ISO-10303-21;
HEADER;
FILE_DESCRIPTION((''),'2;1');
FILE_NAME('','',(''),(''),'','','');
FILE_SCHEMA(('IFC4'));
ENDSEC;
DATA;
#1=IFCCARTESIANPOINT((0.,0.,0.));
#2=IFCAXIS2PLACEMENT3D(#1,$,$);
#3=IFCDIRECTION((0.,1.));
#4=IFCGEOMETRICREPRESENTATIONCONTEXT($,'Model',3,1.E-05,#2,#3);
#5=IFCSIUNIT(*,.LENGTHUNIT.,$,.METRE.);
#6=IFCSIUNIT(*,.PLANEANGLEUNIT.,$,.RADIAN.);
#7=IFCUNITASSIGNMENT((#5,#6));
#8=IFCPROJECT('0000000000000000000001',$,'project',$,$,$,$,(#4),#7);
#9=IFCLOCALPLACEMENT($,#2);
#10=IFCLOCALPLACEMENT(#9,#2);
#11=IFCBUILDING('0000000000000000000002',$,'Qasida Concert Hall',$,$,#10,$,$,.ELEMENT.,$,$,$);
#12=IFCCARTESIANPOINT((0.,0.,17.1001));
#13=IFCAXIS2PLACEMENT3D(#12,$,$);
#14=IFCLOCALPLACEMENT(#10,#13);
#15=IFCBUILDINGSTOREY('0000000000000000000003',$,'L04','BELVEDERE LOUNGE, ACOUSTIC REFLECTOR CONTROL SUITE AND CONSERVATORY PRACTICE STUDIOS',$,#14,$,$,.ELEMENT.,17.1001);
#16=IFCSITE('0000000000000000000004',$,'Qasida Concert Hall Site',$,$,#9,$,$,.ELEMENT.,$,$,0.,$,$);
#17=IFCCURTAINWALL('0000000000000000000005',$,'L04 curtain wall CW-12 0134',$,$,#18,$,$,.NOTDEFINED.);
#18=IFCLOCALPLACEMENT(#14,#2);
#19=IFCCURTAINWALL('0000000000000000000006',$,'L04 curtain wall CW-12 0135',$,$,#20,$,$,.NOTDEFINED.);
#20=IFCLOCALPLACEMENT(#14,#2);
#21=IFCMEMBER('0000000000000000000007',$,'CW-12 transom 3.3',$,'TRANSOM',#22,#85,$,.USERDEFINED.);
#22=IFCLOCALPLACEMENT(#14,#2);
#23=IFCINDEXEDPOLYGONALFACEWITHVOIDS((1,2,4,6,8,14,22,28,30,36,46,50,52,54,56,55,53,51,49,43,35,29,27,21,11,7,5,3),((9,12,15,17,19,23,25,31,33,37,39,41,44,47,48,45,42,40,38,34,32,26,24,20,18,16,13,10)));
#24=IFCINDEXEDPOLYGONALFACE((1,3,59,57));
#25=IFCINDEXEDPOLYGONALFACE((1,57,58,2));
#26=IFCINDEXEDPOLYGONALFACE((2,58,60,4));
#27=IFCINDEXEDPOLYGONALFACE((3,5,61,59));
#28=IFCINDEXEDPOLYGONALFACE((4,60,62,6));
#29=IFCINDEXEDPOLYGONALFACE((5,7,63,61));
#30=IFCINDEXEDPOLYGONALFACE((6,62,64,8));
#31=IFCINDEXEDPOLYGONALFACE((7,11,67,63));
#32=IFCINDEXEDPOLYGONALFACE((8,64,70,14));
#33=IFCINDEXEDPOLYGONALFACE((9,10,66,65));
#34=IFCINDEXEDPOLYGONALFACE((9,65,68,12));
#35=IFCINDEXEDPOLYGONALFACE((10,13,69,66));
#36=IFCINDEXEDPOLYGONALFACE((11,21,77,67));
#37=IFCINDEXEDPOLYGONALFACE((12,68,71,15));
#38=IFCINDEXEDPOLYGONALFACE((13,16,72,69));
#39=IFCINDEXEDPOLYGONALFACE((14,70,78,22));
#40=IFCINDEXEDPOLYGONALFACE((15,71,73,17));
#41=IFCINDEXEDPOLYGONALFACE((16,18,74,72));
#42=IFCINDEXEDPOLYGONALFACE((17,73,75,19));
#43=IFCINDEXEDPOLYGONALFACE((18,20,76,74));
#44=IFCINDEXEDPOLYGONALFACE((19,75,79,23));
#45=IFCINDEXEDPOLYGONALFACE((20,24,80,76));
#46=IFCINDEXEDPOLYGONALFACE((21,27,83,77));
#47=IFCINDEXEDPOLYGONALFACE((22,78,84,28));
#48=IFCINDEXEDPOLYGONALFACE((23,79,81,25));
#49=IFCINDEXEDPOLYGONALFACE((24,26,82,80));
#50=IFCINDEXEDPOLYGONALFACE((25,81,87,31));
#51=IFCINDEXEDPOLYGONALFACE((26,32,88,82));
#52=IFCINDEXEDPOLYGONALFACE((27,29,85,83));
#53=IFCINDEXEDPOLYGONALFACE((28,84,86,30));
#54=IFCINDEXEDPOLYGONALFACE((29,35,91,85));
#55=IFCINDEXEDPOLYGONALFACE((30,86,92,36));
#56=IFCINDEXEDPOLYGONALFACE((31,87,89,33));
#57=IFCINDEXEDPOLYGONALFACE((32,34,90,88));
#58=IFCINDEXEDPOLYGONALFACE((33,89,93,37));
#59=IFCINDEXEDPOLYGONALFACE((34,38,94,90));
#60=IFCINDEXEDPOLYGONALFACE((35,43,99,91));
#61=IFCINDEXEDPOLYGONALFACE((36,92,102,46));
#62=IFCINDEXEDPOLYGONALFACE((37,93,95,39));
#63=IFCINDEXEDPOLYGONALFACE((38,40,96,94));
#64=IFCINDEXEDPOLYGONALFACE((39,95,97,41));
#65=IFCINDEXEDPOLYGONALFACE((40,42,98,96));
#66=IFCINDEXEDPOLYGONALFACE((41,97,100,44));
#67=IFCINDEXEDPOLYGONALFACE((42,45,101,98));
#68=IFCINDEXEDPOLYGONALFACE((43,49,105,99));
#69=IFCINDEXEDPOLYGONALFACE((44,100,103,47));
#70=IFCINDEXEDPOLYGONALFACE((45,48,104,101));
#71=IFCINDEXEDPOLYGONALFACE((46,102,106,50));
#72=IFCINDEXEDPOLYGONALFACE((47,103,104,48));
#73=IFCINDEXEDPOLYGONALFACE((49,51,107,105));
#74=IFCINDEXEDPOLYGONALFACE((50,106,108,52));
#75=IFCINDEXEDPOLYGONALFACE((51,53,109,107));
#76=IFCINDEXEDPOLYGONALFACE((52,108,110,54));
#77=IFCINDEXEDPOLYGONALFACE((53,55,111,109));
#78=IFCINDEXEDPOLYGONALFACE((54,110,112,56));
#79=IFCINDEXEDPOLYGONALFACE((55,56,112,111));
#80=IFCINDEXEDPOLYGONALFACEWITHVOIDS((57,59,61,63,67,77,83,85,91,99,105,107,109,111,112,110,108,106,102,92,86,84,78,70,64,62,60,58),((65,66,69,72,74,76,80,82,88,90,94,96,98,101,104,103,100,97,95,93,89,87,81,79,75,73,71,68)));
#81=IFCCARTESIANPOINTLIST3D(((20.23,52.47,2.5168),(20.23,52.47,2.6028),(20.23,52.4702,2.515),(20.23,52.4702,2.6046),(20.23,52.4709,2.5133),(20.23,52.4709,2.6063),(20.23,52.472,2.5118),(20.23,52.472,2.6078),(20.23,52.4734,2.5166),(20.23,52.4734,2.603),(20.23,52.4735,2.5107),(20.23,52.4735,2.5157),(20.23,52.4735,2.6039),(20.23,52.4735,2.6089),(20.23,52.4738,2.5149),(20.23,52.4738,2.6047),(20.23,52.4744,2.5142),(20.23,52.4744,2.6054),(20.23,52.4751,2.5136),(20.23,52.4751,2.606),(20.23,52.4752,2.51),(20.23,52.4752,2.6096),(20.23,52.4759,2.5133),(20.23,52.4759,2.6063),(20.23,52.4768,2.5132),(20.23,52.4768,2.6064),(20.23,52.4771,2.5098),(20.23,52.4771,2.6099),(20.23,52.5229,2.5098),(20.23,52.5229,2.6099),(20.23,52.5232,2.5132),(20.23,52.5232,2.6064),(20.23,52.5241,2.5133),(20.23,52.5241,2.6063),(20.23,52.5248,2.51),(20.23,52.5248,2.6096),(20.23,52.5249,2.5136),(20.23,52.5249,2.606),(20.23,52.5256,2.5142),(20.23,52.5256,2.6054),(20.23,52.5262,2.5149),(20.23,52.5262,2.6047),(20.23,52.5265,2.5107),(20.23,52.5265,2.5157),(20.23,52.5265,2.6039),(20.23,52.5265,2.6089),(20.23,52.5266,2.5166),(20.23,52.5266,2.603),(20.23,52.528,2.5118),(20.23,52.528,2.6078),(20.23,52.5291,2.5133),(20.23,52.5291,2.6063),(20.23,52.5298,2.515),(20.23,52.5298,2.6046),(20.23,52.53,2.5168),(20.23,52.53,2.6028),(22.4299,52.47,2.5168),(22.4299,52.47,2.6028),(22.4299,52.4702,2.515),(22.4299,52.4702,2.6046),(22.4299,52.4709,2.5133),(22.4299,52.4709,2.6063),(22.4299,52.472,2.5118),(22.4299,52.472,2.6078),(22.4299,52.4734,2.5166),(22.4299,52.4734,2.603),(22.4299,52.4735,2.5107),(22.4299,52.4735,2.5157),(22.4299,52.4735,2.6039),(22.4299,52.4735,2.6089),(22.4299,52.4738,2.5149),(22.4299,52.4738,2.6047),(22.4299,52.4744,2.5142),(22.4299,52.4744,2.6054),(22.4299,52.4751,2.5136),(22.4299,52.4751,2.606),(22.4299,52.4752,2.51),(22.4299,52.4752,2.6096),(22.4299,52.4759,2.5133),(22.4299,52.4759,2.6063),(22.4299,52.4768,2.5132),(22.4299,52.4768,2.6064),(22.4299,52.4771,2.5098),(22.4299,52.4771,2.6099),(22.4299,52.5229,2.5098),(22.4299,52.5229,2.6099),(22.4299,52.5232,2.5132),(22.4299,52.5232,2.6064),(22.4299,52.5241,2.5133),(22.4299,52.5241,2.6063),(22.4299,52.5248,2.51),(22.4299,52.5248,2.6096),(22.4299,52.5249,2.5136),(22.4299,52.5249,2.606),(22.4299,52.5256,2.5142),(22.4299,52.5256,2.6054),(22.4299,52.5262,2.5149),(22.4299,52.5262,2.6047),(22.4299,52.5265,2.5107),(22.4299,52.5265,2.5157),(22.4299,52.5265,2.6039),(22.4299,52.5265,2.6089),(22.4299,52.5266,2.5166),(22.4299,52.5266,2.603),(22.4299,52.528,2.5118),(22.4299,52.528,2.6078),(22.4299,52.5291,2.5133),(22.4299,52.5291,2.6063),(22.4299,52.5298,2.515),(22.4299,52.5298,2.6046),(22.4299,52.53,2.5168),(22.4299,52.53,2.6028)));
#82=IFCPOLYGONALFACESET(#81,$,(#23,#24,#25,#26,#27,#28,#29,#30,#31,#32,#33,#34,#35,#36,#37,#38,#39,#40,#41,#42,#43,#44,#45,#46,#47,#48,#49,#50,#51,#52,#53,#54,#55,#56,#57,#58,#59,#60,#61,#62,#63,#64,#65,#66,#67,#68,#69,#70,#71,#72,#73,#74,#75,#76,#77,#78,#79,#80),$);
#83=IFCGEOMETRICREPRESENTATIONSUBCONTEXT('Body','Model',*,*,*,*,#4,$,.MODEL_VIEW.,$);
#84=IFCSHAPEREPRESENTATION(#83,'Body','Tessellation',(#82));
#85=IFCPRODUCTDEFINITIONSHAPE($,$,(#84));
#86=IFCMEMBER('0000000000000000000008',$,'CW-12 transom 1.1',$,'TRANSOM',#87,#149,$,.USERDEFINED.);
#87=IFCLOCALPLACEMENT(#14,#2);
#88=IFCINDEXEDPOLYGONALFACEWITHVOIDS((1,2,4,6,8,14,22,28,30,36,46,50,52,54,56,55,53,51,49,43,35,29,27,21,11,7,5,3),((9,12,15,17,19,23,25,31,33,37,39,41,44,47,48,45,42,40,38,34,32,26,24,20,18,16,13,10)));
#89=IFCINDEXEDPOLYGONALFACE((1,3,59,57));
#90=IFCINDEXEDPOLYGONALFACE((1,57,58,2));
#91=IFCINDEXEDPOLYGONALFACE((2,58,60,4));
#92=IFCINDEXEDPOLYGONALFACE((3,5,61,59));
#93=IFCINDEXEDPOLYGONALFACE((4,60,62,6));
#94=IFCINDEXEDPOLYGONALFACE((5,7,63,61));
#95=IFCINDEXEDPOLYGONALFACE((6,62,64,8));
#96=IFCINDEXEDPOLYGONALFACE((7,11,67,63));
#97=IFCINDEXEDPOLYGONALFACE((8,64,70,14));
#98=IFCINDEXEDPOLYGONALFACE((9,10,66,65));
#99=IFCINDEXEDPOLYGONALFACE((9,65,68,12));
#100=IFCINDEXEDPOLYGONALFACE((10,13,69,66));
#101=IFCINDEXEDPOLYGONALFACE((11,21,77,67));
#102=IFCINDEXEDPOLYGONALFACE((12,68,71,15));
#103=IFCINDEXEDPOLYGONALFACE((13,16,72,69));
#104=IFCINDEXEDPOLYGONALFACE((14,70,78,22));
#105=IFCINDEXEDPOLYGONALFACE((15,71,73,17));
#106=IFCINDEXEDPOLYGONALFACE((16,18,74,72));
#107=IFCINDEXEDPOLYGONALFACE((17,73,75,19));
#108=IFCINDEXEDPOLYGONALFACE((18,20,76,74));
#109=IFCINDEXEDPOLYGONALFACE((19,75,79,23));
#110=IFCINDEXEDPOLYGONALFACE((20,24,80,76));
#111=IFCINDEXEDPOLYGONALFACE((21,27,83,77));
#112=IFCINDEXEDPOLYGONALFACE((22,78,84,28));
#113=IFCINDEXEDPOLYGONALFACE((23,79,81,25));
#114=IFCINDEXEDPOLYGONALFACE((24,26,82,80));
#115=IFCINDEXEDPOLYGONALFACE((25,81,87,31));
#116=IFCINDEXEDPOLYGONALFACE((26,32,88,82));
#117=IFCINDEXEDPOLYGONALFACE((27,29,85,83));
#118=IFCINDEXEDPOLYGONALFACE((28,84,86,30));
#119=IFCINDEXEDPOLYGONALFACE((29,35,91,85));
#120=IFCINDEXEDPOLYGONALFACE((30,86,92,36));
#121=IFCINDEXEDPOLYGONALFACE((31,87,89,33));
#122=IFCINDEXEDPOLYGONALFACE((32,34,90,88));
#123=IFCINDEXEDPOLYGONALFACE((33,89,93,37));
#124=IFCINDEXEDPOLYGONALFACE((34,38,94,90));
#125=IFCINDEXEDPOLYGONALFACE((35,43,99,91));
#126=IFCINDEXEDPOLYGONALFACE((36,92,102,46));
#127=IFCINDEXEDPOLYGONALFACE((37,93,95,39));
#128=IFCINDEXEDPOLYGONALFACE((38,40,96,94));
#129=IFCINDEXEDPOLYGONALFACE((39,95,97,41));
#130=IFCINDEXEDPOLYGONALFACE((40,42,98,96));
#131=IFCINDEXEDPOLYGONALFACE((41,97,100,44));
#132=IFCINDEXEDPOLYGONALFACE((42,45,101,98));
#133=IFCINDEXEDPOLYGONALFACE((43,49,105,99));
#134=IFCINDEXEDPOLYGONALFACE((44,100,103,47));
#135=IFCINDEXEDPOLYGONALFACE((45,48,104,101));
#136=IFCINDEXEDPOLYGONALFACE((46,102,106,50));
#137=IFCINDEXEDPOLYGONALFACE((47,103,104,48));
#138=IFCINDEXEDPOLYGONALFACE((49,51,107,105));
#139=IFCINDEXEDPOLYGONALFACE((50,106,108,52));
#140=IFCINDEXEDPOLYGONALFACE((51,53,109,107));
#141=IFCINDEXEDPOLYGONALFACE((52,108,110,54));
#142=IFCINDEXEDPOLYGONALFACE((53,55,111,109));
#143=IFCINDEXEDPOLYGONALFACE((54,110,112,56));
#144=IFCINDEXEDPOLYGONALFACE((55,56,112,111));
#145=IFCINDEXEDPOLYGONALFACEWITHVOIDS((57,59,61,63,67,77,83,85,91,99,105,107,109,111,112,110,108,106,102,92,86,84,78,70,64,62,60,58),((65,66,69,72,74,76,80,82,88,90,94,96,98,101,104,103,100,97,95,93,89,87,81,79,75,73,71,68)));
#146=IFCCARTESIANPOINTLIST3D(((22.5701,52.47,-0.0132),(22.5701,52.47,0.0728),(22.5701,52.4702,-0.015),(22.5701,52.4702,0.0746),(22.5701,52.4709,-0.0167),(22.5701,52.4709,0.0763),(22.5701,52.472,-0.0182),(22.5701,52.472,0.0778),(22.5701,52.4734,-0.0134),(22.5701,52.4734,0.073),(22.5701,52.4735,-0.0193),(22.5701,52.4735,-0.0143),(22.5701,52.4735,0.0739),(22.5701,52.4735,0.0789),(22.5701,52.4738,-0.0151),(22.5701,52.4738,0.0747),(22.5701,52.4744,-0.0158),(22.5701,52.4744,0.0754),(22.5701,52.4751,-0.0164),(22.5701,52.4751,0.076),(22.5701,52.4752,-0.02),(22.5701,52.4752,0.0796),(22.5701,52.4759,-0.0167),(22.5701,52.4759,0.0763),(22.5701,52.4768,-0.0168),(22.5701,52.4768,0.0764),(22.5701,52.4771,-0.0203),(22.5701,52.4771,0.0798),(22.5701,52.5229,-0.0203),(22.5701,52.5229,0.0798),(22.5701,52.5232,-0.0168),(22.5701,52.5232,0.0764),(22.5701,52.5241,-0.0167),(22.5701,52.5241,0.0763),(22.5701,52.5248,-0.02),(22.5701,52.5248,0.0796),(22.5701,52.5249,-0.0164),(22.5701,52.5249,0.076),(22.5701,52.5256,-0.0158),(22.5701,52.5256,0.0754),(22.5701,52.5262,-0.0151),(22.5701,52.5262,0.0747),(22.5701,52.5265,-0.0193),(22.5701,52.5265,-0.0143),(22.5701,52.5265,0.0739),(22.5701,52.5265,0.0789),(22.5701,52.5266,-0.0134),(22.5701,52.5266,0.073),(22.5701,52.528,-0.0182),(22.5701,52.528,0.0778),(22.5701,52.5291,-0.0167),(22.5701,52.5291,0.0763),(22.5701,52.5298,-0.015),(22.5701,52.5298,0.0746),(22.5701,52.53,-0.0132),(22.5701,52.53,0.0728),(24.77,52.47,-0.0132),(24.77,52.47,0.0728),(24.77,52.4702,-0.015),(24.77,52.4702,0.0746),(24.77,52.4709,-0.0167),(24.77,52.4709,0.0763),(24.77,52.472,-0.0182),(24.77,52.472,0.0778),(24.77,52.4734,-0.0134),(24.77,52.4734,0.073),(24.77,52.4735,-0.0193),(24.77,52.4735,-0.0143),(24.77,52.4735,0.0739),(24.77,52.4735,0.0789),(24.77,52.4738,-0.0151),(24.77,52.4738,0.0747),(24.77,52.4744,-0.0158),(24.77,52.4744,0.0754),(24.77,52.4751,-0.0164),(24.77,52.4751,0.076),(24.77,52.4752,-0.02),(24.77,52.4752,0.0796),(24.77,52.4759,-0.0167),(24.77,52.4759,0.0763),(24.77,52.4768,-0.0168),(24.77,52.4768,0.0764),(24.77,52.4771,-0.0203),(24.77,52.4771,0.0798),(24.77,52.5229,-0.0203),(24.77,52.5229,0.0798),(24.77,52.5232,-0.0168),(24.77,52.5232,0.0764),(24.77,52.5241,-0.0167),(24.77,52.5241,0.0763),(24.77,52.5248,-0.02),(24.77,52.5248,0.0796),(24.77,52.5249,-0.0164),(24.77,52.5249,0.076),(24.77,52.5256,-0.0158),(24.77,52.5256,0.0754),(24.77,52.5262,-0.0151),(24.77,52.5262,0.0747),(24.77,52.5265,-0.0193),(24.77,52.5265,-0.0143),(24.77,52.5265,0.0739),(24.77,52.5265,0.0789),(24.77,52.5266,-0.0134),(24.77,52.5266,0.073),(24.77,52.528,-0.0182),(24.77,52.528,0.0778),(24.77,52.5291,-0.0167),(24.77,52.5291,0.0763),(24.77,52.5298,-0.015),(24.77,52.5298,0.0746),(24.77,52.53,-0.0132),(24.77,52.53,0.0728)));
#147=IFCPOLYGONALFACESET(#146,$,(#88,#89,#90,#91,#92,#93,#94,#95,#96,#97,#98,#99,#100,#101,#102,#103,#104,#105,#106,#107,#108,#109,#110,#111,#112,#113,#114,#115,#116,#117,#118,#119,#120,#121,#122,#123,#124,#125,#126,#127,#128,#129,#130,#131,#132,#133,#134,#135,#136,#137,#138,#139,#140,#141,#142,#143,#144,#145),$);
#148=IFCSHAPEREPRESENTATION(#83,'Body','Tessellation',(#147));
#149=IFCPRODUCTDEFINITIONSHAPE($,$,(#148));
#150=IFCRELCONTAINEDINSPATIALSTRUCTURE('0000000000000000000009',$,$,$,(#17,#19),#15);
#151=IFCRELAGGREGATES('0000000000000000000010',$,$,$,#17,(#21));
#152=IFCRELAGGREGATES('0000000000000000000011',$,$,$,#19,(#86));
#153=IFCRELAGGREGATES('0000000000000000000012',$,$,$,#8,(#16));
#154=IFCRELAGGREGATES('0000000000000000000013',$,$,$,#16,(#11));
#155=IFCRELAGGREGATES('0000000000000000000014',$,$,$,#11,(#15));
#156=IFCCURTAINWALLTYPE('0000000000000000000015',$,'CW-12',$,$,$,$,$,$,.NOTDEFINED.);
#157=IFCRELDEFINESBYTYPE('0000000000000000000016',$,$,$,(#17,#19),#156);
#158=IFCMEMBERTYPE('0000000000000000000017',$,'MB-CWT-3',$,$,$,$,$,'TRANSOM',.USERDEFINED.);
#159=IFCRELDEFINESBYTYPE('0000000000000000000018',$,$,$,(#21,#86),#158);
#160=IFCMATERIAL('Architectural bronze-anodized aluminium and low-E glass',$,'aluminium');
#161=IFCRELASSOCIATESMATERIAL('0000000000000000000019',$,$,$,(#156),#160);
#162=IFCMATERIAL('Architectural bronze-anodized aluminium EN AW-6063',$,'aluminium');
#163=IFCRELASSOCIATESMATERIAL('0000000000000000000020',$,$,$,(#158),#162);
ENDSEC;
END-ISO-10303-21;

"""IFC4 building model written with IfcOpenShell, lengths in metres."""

from ifc_helpers import new_model, si_unit, direction, frame, origin, origin_2d, place, context, subcontext, project, spatial, hollow_rectangle, extrude, material, material_profile, profile_set, type_object, element, aggregate, save


model = new_model("IFC4")

# Units and contexts
model_context = context("Model", 3, precision=1e-05, world=origin(), true_north=direction((0.0, 1.0)))
body_context = subcontext(model_context, "Body", "Model", "MODEL_VIEW")
ifc_project = project(units=[si_unit("LENGTHUNIT", "METRE"), si_unit("PLANEANGLEUNIT", "RADIAN")], contexts=[model_context])

# Site, building, storey
site_placement = place(None, origin())
site = spatial("IfcSite", under=ifc_project, at=site_placement, Name="Qasida Concert Hall Site", CompositionType="ELEMENT", RefElevation=0.0)
building_placement = place(site_placement, origin())
building = spatial("IfcBuilding", under=site, at=building_placement, Name="Qasida Concert Hall", CompositionType="ELEMENT")
storey_placement = place(building_placement, frame((0.0, 0.0, 17.1001)))
storey = spatial("IfcBuildingStorey", under=building, at=storey_placement, Name="L04", Description="BELVEDERE LOUNGE, ACOUSTIC REFLECTOR CONTROL SUITE AND CONSERVATORY PRACTICE STUDIOS", CompositionType="ELEMENT", Elevation=17.1001)

# Curtain wall
ifc_material_1 = material(Name="Architectural bronze-anodized aluminium and low-E glass", Category="aluminium")
curtain_wall_type = type_object("IfcCurtainWallType", Name="CW-12", PredefinedType="NOTDEFINED", material=ifc_material_1)
curtain_wall_1_placement = place(storey_placement, origin())
curtain_wall_1 = element("IfcCurtainWall", 1, at=curtain_wall_1_placement, inside=storey, type_object=curtain_wall_type, Name="L04 curtain wall CW-12 0134", PredefinedType="NOTDEFINED")
ifc_material_2 = material(Name="Architectural bronze-anodized aluminium EN AW-6063", Category="aluminium")

# Curtain wall
curtain_wall_2_placement = place(storey_placement, origin())
curtain_wall_2 = element("IfcCurtainWall", 2, at=curtain_wall_2_placement, inside=storey, type_object=curtain_wall_type, Name="L04 curtain wall CW-12 0135", PredefinedType="NOTDEFINED")

# Members
ifc_material_profile_1 = material_profile(ifc_material_2, hollow_rectangle(XDim=0.0601, YDim=0.1001, WallThickness=0.0034, InnerFilletRadius=0.0034, OuterFilletRadius=0.0071, at=origin_2d()), Name="CWT 100x60x3.5")
ifc_profile_set_1 = profile_set([ifc_material_profile_1], Name="Architectural bronze-anodized aluminium EN AW-6063")
member_type_1 = type_object("IfcMemberType", Name="MB-CWT-3", ElementType="TRANSOM", PredefinedType="USERDEFINED", material=ifc_profile_set_1)
member_1_placement = place(storey_placement, frame((20.23, 52.5, 2.5598), z_axis=(1.0, 0.0, 0.0), x_axis=(0.0, 1.0, 0.0)))
member_1 = element("IfcMember", 3, at=member_1_placement, type_object=member_type_1, Name="CW-12 transom 3.3", ObjectType="TRANSOM", PredefinedType="USERDEFINED", context=body_context, shape_type="SweptSolid", body=[
    extrude(hollow_rectangle(XDim=0.0601, YDim=0.1001, WallThickness=0.0034, InnerFilletRadius=0.0034, OuterFilletRadius=0.0071, at=origin_2d()), origin(), (0.0, 0.0, 1.0), 2.2),
])
member_2_placement = place(storey_placement, frame((22.5701, 52.5, 0.0298), z_axis=(1.0, 0.0, 0.0), x_axis=(0.0, 1.0, 0.0)))
member_2 = element("IfcMember", 4, at=member_2_placement, type_object=member_type_1, Name="CW-12 transom 1.1", ObjectType="TRANSOM", PredefinedType="USERDEFINED", context=body_context, shape_type="SweptSolid", body=[
    extrude(hollow_rectangle(XDim=0.0601, YDim=0.1001, WallThickness=0.0034, InnerFilletRadius=0.0034, OuterFilletRadius=0.0071, at=origin_2d()), origin(), (0.0, 0.0, 1.0), 2.2),
])

aggregate(curtain_wall_1, [member_1])
aggregate(curtain_wall_2, [member_2])

save(model, "model.ifc")
